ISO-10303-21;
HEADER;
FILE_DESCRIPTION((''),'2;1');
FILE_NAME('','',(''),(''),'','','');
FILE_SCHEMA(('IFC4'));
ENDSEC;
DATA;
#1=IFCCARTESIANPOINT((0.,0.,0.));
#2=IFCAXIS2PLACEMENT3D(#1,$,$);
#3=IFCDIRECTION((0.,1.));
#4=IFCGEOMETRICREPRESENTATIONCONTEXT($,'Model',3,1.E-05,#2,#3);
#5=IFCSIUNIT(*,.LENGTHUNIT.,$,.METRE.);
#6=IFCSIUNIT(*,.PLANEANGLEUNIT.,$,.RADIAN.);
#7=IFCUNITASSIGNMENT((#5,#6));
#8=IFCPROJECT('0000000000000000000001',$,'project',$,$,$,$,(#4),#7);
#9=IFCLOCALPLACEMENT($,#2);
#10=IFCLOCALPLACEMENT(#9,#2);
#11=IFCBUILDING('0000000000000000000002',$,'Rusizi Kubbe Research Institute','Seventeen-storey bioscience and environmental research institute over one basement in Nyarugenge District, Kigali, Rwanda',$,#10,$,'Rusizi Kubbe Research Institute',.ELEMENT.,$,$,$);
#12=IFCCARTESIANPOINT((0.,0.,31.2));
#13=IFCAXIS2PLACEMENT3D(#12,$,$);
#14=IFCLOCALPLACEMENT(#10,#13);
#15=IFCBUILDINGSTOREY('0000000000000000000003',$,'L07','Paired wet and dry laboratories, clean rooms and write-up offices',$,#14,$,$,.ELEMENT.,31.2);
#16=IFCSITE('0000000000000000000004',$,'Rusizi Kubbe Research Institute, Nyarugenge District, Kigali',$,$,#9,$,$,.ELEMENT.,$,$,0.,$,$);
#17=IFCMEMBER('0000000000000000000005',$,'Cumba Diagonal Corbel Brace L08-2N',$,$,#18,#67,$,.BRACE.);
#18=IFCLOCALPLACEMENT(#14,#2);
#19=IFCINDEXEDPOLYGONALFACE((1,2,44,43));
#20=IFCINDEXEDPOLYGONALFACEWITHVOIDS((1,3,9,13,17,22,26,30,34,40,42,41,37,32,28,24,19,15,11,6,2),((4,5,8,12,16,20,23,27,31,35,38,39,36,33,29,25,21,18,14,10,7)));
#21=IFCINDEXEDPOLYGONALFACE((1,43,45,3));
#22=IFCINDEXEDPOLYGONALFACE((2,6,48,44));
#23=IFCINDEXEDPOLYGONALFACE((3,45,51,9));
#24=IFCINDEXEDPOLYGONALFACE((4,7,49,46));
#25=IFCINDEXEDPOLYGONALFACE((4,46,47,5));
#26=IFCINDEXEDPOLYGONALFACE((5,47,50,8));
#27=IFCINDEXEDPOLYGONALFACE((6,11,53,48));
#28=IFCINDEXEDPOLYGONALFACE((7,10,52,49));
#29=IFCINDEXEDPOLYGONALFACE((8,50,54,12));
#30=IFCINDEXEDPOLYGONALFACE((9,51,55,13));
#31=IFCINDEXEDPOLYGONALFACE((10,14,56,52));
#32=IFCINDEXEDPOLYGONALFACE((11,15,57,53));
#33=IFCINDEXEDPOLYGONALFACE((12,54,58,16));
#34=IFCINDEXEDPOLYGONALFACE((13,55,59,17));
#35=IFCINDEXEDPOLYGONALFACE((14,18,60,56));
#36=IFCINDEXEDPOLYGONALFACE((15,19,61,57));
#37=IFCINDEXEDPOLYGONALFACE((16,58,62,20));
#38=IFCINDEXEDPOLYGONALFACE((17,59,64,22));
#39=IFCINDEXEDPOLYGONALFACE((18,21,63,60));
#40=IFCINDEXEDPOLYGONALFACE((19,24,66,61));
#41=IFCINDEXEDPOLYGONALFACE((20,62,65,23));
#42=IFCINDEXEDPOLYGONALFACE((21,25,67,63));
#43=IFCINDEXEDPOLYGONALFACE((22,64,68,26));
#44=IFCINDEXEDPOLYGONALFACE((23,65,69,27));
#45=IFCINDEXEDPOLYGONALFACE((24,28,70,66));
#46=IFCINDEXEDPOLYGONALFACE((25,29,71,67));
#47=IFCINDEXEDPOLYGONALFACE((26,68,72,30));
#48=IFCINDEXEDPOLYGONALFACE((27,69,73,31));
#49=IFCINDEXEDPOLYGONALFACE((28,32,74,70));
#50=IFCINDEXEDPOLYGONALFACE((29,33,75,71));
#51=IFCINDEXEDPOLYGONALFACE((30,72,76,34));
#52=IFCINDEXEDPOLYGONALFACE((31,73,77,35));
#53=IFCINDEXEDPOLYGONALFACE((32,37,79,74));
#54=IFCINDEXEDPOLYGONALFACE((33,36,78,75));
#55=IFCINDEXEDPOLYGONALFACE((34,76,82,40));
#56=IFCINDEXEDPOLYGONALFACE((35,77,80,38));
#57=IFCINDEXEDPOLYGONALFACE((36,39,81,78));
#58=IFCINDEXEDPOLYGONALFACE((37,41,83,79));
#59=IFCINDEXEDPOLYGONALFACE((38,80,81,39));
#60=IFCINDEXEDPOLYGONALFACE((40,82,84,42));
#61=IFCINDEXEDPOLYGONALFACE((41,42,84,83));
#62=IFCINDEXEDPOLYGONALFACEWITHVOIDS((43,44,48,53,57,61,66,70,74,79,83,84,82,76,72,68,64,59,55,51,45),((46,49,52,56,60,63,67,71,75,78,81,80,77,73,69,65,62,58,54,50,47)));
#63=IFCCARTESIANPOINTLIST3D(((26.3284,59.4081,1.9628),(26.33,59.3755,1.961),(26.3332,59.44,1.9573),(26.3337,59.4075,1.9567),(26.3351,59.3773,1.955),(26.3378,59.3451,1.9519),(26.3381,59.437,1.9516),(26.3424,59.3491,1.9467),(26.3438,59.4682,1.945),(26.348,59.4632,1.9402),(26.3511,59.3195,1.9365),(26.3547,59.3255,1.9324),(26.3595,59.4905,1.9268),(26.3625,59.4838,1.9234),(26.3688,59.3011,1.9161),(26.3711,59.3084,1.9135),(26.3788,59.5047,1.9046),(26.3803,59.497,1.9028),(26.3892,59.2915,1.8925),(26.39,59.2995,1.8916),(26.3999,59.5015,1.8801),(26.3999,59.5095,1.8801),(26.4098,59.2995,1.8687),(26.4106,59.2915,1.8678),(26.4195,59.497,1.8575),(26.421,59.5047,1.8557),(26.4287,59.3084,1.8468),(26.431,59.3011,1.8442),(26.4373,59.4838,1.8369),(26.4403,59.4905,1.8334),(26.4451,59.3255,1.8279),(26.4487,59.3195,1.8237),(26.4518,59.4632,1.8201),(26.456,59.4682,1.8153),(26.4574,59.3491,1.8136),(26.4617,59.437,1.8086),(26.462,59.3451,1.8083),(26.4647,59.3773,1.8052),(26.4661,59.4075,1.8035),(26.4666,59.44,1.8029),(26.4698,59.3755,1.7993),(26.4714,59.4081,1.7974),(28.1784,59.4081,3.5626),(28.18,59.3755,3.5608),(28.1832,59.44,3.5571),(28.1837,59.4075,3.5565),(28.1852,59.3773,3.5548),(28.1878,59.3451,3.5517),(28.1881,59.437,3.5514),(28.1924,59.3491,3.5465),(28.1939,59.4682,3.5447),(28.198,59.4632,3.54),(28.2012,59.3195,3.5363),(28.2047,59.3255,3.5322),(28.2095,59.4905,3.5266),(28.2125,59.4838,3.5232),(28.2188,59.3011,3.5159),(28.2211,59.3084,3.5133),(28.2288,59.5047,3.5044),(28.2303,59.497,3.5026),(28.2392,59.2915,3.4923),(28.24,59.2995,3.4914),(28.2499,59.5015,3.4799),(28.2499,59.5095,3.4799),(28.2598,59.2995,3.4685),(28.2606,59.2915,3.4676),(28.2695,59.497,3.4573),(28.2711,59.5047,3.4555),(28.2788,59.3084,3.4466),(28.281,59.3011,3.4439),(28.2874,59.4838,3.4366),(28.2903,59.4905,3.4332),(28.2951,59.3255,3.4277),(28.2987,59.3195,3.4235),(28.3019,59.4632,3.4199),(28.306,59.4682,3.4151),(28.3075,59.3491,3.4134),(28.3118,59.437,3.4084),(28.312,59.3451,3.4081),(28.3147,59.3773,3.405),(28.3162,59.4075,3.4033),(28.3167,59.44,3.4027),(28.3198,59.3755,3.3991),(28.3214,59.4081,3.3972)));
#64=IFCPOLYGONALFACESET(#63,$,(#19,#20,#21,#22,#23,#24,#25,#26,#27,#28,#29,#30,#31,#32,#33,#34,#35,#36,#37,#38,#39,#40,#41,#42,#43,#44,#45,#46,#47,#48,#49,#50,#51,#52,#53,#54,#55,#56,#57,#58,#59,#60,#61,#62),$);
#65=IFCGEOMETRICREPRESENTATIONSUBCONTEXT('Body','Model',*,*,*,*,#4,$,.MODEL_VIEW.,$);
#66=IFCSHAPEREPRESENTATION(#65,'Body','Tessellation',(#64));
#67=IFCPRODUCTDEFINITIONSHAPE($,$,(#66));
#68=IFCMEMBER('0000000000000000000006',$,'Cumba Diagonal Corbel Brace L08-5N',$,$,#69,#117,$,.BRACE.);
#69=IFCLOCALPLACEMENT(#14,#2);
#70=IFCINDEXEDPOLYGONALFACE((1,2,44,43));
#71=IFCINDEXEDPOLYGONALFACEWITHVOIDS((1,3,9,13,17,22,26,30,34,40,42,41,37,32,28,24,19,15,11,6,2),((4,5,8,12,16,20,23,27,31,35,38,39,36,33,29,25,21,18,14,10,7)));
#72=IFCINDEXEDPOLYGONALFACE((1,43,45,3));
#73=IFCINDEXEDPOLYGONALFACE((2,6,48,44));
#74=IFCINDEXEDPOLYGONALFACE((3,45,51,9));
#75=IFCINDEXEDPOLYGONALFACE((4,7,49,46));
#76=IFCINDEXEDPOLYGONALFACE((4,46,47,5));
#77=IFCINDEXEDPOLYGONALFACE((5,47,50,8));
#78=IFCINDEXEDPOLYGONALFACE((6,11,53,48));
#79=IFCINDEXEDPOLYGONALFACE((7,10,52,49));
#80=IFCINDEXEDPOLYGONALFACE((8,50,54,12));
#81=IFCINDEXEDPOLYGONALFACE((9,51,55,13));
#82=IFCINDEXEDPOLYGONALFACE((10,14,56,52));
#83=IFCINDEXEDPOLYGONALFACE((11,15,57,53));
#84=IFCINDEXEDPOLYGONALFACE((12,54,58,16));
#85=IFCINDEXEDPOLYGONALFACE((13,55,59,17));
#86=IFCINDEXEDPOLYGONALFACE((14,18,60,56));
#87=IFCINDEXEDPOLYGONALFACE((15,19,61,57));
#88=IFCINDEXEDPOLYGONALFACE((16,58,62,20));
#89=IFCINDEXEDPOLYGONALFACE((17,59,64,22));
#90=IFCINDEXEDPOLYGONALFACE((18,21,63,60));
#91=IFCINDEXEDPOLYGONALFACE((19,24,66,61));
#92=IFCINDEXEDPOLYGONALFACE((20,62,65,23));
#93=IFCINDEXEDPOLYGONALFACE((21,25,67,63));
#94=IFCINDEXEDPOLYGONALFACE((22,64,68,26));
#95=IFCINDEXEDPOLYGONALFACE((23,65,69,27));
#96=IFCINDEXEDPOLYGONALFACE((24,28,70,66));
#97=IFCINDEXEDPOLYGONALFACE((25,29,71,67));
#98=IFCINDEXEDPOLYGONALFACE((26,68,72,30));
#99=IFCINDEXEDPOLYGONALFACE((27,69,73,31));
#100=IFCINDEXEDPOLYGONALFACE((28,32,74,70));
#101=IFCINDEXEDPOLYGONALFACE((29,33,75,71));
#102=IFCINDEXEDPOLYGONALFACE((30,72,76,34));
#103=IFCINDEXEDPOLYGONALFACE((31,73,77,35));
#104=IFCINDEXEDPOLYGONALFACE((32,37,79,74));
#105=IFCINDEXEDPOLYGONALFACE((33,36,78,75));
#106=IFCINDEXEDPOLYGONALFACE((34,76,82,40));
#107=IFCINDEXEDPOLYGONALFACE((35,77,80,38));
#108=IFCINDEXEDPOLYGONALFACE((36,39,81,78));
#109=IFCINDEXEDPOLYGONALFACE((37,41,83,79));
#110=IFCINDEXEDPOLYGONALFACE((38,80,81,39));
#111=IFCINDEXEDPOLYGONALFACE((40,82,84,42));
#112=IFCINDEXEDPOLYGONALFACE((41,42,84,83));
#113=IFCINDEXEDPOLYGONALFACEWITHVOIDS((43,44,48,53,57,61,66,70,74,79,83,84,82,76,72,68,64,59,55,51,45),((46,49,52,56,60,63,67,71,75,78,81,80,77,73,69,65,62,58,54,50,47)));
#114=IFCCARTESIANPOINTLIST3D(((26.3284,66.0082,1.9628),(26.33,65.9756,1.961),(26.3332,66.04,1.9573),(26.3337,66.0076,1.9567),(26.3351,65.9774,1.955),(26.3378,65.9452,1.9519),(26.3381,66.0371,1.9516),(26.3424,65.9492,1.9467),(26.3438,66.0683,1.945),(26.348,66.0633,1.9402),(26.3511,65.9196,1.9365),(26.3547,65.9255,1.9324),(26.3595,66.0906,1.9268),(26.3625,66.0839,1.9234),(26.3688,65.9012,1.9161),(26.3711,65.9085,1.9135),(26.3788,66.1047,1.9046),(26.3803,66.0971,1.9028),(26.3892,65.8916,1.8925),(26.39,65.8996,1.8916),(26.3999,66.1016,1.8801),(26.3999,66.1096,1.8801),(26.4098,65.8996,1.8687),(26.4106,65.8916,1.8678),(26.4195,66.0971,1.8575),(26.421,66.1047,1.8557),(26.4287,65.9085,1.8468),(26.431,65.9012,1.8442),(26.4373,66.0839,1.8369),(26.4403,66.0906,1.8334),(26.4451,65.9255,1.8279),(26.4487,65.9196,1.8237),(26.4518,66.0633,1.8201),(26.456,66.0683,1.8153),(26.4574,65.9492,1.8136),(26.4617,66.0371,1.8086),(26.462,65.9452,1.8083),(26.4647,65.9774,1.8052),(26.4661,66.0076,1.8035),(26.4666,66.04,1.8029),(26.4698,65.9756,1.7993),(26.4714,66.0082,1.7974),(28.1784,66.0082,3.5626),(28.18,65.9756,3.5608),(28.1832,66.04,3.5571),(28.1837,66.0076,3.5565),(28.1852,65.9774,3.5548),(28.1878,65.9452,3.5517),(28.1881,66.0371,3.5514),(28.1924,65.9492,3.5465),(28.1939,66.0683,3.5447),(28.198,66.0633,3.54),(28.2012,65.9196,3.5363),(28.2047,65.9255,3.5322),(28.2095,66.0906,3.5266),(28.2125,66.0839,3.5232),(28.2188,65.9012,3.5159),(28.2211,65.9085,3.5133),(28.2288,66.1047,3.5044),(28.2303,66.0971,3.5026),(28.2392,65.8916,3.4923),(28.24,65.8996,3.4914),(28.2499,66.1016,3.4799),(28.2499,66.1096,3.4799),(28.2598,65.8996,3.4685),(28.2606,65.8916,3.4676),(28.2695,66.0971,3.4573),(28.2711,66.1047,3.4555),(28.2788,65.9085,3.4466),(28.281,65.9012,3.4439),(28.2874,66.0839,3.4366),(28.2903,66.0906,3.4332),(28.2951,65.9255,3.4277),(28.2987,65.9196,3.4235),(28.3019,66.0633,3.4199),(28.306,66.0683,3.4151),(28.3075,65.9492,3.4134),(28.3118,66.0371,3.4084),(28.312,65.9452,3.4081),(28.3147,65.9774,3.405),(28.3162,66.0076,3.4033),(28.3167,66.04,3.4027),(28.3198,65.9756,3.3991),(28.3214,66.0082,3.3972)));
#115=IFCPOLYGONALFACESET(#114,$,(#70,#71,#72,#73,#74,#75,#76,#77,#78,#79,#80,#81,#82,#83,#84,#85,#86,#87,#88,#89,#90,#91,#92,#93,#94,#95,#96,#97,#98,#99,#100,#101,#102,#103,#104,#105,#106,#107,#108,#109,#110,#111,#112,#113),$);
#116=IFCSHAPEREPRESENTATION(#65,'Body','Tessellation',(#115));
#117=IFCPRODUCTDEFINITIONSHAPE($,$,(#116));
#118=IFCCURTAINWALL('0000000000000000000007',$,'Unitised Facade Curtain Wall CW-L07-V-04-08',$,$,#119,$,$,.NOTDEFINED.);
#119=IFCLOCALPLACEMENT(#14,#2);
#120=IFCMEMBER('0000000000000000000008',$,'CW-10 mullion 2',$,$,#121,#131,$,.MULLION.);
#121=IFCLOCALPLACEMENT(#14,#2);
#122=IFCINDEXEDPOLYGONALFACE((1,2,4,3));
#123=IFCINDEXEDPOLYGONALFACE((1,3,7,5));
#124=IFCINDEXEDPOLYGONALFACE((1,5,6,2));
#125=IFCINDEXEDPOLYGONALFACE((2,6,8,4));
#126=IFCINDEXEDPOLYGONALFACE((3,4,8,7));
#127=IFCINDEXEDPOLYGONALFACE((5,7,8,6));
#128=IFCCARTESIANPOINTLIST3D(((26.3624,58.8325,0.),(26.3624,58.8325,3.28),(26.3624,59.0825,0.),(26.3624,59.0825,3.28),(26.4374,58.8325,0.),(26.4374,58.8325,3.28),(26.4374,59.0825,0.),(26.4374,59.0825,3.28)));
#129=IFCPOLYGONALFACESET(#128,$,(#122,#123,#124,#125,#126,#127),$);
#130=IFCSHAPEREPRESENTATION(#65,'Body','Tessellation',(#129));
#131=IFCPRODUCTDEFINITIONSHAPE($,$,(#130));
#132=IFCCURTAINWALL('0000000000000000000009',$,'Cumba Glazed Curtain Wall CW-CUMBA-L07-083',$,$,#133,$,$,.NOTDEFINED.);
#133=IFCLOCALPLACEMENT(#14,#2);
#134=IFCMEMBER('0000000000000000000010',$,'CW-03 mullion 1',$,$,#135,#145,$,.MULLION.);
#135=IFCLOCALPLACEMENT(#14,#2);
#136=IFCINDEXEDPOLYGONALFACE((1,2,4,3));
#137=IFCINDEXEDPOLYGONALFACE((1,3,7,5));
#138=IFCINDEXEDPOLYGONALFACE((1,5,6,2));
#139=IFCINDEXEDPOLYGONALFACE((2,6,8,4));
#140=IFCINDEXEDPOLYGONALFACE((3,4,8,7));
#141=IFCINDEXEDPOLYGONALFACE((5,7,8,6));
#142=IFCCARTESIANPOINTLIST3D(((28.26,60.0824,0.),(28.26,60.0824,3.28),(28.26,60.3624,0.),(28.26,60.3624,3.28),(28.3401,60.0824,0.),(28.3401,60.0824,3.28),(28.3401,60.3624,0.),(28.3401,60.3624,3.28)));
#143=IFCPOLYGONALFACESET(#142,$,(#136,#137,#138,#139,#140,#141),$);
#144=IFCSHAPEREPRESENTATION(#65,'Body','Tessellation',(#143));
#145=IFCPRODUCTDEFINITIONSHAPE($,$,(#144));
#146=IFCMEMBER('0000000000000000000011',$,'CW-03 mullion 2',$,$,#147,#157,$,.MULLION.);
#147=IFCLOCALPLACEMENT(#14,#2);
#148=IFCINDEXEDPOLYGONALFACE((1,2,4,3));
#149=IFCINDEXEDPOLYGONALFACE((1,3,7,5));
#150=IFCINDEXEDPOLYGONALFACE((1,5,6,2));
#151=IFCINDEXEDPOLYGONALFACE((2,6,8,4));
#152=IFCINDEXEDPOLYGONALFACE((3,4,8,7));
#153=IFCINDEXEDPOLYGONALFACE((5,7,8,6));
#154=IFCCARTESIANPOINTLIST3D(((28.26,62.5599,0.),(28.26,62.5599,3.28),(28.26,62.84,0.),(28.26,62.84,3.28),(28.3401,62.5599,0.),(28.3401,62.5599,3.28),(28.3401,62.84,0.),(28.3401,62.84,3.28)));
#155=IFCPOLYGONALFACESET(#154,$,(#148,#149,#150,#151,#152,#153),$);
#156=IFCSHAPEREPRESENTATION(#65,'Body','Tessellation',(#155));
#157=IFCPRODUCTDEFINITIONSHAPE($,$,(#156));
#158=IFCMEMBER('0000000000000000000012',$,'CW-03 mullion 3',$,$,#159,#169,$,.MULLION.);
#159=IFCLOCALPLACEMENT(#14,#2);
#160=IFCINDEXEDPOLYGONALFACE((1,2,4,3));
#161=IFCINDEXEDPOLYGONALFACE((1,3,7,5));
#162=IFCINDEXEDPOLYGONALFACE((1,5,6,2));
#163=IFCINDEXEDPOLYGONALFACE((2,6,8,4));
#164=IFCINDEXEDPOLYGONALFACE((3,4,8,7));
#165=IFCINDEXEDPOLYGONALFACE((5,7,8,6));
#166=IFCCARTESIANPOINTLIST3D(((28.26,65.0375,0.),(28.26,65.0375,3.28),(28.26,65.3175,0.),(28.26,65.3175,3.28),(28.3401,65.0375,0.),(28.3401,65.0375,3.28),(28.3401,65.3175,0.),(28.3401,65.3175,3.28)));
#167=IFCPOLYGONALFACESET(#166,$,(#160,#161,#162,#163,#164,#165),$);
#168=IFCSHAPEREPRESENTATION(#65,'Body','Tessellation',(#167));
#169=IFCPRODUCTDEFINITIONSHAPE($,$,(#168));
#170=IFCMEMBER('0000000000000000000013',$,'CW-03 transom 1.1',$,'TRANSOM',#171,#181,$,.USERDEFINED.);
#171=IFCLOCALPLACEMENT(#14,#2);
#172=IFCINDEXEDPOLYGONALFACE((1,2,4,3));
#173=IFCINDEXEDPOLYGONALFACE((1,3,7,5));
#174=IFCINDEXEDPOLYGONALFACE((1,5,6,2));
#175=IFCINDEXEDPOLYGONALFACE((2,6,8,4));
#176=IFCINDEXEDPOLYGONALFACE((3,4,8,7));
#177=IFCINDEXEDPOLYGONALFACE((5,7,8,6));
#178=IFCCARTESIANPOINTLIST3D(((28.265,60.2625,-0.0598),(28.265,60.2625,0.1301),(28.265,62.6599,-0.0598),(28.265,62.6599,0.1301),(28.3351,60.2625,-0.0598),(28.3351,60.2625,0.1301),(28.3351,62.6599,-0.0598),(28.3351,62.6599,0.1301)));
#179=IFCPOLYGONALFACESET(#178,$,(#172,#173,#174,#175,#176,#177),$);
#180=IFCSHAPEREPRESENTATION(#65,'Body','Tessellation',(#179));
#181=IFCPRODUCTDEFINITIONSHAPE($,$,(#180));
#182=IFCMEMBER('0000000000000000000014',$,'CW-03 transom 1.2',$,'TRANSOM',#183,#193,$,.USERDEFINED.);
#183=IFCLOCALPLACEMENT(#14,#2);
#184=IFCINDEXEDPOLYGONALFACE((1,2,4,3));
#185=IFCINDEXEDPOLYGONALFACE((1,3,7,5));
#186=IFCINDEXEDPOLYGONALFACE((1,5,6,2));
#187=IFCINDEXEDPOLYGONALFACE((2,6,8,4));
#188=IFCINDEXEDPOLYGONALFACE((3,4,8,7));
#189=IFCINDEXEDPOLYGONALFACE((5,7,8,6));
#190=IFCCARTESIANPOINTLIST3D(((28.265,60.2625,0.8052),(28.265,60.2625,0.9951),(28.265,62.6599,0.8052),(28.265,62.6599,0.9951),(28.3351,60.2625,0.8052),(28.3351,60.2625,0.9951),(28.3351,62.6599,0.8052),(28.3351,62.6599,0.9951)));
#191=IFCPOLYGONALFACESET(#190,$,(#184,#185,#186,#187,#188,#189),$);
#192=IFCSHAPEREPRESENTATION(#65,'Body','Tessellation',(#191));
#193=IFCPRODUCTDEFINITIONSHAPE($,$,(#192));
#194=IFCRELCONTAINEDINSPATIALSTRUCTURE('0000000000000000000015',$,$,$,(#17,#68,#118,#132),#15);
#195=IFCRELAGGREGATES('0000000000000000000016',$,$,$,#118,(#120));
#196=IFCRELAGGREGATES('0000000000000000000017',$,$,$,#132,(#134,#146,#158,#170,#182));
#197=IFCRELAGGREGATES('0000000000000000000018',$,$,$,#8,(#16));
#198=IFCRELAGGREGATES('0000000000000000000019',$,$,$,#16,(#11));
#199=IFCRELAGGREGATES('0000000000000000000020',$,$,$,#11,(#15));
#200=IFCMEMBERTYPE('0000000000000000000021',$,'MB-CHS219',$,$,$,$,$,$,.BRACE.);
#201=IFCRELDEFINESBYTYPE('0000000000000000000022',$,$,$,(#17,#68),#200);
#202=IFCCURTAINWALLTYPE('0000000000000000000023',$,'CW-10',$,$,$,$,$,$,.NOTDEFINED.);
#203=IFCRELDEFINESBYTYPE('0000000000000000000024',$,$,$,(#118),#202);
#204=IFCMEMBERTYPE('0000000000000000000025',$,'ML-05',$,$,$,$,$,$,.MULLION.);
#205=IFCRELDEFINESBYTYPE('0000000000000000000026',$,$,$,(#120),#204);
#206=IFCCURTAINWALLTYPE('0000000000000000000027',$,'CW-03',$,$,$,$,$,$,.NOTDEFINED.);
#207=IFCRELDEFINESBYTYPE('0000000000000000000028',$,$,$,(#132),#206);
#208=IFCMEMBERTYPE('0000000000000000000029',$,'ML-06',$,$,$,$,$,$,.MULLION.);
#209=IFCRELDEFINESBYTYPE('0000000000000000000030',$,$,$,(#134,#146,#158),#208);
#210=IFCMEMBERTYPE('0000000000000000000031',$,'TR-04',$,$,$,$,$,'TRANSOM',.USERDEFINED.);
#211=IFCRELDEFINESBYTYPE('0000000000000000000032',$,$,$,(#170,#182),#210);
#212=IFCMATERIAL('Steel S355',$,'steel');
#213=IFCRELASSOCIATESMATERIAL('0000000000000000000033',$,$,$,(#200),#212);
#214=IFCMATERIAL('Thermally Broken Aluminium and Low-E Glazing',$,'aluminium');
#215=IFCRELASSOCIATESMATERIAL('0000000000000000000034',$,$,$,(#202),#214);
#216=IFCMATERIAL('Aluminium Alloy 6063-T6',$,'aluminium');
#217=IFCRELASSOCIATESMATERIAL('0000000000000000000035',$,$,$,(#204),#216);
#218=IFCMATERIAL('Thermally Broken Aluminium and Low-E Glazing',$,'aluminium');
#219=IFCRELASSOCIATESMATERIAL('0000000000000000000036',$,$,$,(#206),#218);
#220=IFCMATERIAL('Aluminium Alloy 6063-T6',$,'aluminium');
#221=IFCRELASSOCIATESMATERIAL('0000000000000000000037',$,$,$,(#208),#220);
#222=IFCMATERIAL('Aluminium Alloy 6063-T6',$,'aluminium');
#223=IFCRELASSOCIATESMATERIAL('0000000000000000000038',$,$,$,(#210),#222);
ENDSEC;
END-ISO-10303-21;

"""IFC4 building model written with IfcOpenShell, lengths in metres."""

from ifc_helpers import new_model, si_unit, direction, frame, origin, origin_2d, place, context, subcontext, project, spatial, rectangle, hollow_circle, extrude, material, material_profile, profile_set, type_object, element, aggregate, save


model = new_model("IFC4")

# Units and contexts
model_context = context("Model", 3, precision=1e-05, world=origin(), true_north=direction((0.0, 1.0)))
body_context = subcontext(model_context, "Body", "Model", "MODEL_VIEW")
ifc_project = project(units=[si_unit("LENGTHUNIT", "METRE"), si_unit("PLANEANGLEUNIT", "RADIAN")], contexts=[model_context])

# Site, building, storey
site_placement = place(None, origin())
site = spatial("IfcSite", under=ifc_project, at=site_placement, Name="Rusizi Kubbe Research Institute, Nyarugenge District, Kigali", CompositionType="ELEMENT", RefElevation=0.0)
building_placement = place(site_placement, origin())
building = spatial("IfcBuilding", under=site, at=building_placement, Name="Rusizi Kubbe Research Institute", Description="Seventeen-storey bioscience and environmental research institute over one basement in Nyarugenge District, Kigali, Rwanda", LongName="Rusizi Kubbe Research Institute", CompositionType="ELEMENT")
storey_placement = place(building_placement, frame((0.0, 0.0, 31.2)))
storey = spatial("IfcBuildingStorey", under=building, at=storey_placement, Name="L07", Description="Paired wet and dry laboratories, clean rooms and write-up offices", CompositionType="ELEMENT", Elevation=31.2)

# Members
ifc_material_1 = material(Name="Steel S355", Category="steel")
ifc_material_profile_1 = material_profile(ifc_material_1, hollow_circle(Radius=0.1096, WallThickness=0.0081, at=origin_2d()), Name="CHS 219.1x8.0")
ifc_profile_set_1 = profile_set([ifc_material_profile_1], Name="Steel S355")
member_type_1 = type_object("IfcMemberType", Name="MB-CHS219", PredefinedType="BRACE", material=ifc_profile_set_1)
for number, where, z_axis, x_axis, name in (
    (1, (26.3999, 59.3999, 1.8801), (0.75641, 0.0, 0.654098), (0.0, 1.0, 0.0), "Cumba Diagonal Corbel Brace L08-2N"),
    (2, (26.3999, 66.0, 1.8801), (0.75641, 0.0, 0.654098), (0.0, 1.0, 0.0), "Cumba Diagonal Corbel Brace L08-5N"),
):
    element("IfcMember", number, at=place(storey_placement, frame(where, z_axis=z_axis, x_axis=x_axis)), inside=storey, type_object=member_type_1, Name=name, PredefinedType="BRACE", context=body_context, shape_type="SweptSolid", body=[
        extrude(hollow_circle(Radius=0.1096, WallThickness=0.0081, at=origin_2d()), origin(), (0.0, 0.0, 1.0), 2.4458),
    ])

# Curtain wall, member
ifc_material_2 = material(Name="Thermally Broken Aluminium and Low-E Glazing", Category="aluminium")
curtain_wall_type_1 = type_object("IfcCurtainWallType", Name="CW-10", PredefinedType="NOTDEFINED", material=ifc_material_2)
curtain_wall_1_placement = place(storey_placement, origin())
curtain_wall_1 = element("IfcCurtainWall", 3, at=curtain_wall_1_placement, inside=storey, type_object=curtain_wall_type_1, Name="Unitised Facade Curtain Wall CW-L07-V-04-08", PredefinedType="NOTDEFINED")
ifc_material_3 = material(Name="Aluminium Alloy 6063-T6", Category="aluminium")
ifc_material_profile_2 = material_profile(ifc_material_3, rectangle(XDim=0.075, YDim=0.25, at=origin_2d()), Name="ALU-M 75x250")
ifc_profile_set_2 = profile_set([ifc_material_profile_2], Name="Aluminium Alloy 6063-T6")
member_type_2 = type_object("IfcMemberType", Name="ML-05", PredefinedType="MULLION", material=ifc_profile_set_2)
member_1_placement = place(storey_placement, frame((26.3999, 58.9575, 0.0), z_axis=(0.0, 0.0, 1.0), x_axis=(-1.0, 0.0, 0.0)))
member_1 = element("IfcMember", 4, at=member_1_placement, type_object=member_type_2, Name="CW-10 mullion 2", PredefinedType="MULLION", context=body_context, shape_type="SweptSolid", body=[
    extrude(rectangle(XDim=0.075, YDim=0.25, at=origin_2d()), origin(), (0.0, 0.0, 1.0), 3.28),
])

# Curtain wall, members
ifc_material_4 = material(Name="Thermally Broken Aluminium and Low-E Glazing", Category="aluminium")
curtain_wall_type_2 = type_object("IfcCurtainWallType", Name="CW-03", PredefinedType="NOTDEFINED", material=ifc_material_4)
curtain_wall_2_placement = place(storey_placement, origin())
curtain_wall_2 = element("IfcCurtainWall", 5, at=curtain_wall_2_placement, inside=storey, type_object=curtain_wall_type_2, Name="Cumba Glazed Curtain Wall CW-CUMBA-L07-083", PredefinedType="NOTDEFINED")
ifc_material_5 = material(Name="Aluminium Alloy 6063-T6", Category="aluminium")
ifc_material_profile_3 = material_profile(ifc_material_5, rectangle(XDim=0.0801, YDim=0.28, at=origin_2d()), Name="ALU-M 80x280")
ifc_profile_set_3 = profile_set([ifc_material_profile_3], Name="Aluminium Alloy 6063-T6")
member_type_3 = type_object("IfcMemberType", Name="ML-06", PredefinedType="MULLION", material=ifc_profile_set_3)
member_2_placement = place(storey_placement, frame((28.3, 60.2224, 0.0), z_axis=(0.0, 0.0, 1.0), x_axis=(-1.0, 0.0, 0.0)))
member_2 = element("IfcMember", 6, at=member_2_placement, type_object=member_type_3, Name="CW-03 mullion 1", PredefinedType="MULLION", context=body_context, shape_type="SweptSolid", body=[
    extrude(rectangle(XDim=0.0801, YDim=0.28, at=origin_2d()), origin(), (0.0, 0.0, 1.0), 3.28),
])
member_3_placement = place(storey_placement, frame((28.3, 62.7, 0.0), z_axis=(0.0, 0.0, 1.0), x_axis=(-1.0, 0.0, 0.0)))
member_3 = element("IfcMember", 7, at=member_3_placement, type_object=member_type_3, Name="CW-03 mullion 2", PredefinedType="MULLION", context=body_context, shape_type="SweptSolid", body=[
    extrude(rectangle(XDim=0.0801, YDim=0.28, at=origin_2d()), origin(), (0.0, 0.0, 1.0), 3.28),
])
member_4_placement = place(storey_placement, frame((28.3, 65.1775, 0.0), z_axis=(0.0, 0.0, 1.0), x_axis=(-1.0, 0.0, 0.0)))
member_4 = element("IfcMember", 8, at=member_4_placement, type_object=member_type_3, Name="CW-03 mullion 3", PredefinedType="MULLION", context=body_context, shape_type="SweptSolid", body=[
    extrude(rectangle(XDim=0.0801, YDim=0.28, at=origin_2d()), origin(), (0.0, 0.0, 1.0), 3.28),
])
ifc_material_6 = material(Name="Aluminium Alloy 6063-T6", Category="aluminium")
ifc_material_profile_4 = material_profile(ifc_material_6, rectangle(XDim=0.0701, YDim=0.1899, at=origin_2d()), Name="ALU-T 70x190")
ifc_profile_set_4 = profile_set([ifc_material_profile_4], Name="Aluminium Alloy 6063-T6")
member_type_4 = type_object("IfcMemberType", Name="TR-04", ElementType="TRANSOM", PredefinedType="USERDEFINED", material=ifc_profile_set_4)
member_5_placement = place(storey_placement, frame((28.3, 60.2625, 0.0352), z_axis=(0.0, 1.0, 0.0), x_axis=(-1.0, 0.0, 0.0)))
member_5 = element("IfcMember", 9, at=member_5_placement, type_object=member_type_4, Name="CW-03 transom 1.1", ObjectType="TRANSOM", PredefinedType="USERDEFINED", context=body_context, shape_type="SweptSolid", body=[
    extrude(rectangle(XDim=0.0701, YDim=0.1899, at=origin_2d()), origin(), (0.0, 0.0, 1.0), 2.3975),
])
member_6_placement = place(storey_placement, frame((28.3, 60.2625, 0.9001), z_axis=(0.0, 1.0, 0.0), x_axis=(-1.0, 0.0, 0.0)))
member_6 = element("IfcMember", 10, at=member_6_placement, type_object=member_type_4, Name="CW-03 transom 1.2", ObjectType="TRANSOM", PredefinedType="USERDEFINED", context=body_context, shape_type="SweptSolid", body=[
    extrude(rectangle(XDim=0.0701, YDim=0.1899, at=origin_2d()), origin(), (0.0, 0.0, 1.0), 2.3975),
])

aggregate(curtain_wall_1, [member_1])
aggregate(curtain_wall_2, [member_2, member_3, member_4, member_5, member_6])

save(model, "model.ifc")
